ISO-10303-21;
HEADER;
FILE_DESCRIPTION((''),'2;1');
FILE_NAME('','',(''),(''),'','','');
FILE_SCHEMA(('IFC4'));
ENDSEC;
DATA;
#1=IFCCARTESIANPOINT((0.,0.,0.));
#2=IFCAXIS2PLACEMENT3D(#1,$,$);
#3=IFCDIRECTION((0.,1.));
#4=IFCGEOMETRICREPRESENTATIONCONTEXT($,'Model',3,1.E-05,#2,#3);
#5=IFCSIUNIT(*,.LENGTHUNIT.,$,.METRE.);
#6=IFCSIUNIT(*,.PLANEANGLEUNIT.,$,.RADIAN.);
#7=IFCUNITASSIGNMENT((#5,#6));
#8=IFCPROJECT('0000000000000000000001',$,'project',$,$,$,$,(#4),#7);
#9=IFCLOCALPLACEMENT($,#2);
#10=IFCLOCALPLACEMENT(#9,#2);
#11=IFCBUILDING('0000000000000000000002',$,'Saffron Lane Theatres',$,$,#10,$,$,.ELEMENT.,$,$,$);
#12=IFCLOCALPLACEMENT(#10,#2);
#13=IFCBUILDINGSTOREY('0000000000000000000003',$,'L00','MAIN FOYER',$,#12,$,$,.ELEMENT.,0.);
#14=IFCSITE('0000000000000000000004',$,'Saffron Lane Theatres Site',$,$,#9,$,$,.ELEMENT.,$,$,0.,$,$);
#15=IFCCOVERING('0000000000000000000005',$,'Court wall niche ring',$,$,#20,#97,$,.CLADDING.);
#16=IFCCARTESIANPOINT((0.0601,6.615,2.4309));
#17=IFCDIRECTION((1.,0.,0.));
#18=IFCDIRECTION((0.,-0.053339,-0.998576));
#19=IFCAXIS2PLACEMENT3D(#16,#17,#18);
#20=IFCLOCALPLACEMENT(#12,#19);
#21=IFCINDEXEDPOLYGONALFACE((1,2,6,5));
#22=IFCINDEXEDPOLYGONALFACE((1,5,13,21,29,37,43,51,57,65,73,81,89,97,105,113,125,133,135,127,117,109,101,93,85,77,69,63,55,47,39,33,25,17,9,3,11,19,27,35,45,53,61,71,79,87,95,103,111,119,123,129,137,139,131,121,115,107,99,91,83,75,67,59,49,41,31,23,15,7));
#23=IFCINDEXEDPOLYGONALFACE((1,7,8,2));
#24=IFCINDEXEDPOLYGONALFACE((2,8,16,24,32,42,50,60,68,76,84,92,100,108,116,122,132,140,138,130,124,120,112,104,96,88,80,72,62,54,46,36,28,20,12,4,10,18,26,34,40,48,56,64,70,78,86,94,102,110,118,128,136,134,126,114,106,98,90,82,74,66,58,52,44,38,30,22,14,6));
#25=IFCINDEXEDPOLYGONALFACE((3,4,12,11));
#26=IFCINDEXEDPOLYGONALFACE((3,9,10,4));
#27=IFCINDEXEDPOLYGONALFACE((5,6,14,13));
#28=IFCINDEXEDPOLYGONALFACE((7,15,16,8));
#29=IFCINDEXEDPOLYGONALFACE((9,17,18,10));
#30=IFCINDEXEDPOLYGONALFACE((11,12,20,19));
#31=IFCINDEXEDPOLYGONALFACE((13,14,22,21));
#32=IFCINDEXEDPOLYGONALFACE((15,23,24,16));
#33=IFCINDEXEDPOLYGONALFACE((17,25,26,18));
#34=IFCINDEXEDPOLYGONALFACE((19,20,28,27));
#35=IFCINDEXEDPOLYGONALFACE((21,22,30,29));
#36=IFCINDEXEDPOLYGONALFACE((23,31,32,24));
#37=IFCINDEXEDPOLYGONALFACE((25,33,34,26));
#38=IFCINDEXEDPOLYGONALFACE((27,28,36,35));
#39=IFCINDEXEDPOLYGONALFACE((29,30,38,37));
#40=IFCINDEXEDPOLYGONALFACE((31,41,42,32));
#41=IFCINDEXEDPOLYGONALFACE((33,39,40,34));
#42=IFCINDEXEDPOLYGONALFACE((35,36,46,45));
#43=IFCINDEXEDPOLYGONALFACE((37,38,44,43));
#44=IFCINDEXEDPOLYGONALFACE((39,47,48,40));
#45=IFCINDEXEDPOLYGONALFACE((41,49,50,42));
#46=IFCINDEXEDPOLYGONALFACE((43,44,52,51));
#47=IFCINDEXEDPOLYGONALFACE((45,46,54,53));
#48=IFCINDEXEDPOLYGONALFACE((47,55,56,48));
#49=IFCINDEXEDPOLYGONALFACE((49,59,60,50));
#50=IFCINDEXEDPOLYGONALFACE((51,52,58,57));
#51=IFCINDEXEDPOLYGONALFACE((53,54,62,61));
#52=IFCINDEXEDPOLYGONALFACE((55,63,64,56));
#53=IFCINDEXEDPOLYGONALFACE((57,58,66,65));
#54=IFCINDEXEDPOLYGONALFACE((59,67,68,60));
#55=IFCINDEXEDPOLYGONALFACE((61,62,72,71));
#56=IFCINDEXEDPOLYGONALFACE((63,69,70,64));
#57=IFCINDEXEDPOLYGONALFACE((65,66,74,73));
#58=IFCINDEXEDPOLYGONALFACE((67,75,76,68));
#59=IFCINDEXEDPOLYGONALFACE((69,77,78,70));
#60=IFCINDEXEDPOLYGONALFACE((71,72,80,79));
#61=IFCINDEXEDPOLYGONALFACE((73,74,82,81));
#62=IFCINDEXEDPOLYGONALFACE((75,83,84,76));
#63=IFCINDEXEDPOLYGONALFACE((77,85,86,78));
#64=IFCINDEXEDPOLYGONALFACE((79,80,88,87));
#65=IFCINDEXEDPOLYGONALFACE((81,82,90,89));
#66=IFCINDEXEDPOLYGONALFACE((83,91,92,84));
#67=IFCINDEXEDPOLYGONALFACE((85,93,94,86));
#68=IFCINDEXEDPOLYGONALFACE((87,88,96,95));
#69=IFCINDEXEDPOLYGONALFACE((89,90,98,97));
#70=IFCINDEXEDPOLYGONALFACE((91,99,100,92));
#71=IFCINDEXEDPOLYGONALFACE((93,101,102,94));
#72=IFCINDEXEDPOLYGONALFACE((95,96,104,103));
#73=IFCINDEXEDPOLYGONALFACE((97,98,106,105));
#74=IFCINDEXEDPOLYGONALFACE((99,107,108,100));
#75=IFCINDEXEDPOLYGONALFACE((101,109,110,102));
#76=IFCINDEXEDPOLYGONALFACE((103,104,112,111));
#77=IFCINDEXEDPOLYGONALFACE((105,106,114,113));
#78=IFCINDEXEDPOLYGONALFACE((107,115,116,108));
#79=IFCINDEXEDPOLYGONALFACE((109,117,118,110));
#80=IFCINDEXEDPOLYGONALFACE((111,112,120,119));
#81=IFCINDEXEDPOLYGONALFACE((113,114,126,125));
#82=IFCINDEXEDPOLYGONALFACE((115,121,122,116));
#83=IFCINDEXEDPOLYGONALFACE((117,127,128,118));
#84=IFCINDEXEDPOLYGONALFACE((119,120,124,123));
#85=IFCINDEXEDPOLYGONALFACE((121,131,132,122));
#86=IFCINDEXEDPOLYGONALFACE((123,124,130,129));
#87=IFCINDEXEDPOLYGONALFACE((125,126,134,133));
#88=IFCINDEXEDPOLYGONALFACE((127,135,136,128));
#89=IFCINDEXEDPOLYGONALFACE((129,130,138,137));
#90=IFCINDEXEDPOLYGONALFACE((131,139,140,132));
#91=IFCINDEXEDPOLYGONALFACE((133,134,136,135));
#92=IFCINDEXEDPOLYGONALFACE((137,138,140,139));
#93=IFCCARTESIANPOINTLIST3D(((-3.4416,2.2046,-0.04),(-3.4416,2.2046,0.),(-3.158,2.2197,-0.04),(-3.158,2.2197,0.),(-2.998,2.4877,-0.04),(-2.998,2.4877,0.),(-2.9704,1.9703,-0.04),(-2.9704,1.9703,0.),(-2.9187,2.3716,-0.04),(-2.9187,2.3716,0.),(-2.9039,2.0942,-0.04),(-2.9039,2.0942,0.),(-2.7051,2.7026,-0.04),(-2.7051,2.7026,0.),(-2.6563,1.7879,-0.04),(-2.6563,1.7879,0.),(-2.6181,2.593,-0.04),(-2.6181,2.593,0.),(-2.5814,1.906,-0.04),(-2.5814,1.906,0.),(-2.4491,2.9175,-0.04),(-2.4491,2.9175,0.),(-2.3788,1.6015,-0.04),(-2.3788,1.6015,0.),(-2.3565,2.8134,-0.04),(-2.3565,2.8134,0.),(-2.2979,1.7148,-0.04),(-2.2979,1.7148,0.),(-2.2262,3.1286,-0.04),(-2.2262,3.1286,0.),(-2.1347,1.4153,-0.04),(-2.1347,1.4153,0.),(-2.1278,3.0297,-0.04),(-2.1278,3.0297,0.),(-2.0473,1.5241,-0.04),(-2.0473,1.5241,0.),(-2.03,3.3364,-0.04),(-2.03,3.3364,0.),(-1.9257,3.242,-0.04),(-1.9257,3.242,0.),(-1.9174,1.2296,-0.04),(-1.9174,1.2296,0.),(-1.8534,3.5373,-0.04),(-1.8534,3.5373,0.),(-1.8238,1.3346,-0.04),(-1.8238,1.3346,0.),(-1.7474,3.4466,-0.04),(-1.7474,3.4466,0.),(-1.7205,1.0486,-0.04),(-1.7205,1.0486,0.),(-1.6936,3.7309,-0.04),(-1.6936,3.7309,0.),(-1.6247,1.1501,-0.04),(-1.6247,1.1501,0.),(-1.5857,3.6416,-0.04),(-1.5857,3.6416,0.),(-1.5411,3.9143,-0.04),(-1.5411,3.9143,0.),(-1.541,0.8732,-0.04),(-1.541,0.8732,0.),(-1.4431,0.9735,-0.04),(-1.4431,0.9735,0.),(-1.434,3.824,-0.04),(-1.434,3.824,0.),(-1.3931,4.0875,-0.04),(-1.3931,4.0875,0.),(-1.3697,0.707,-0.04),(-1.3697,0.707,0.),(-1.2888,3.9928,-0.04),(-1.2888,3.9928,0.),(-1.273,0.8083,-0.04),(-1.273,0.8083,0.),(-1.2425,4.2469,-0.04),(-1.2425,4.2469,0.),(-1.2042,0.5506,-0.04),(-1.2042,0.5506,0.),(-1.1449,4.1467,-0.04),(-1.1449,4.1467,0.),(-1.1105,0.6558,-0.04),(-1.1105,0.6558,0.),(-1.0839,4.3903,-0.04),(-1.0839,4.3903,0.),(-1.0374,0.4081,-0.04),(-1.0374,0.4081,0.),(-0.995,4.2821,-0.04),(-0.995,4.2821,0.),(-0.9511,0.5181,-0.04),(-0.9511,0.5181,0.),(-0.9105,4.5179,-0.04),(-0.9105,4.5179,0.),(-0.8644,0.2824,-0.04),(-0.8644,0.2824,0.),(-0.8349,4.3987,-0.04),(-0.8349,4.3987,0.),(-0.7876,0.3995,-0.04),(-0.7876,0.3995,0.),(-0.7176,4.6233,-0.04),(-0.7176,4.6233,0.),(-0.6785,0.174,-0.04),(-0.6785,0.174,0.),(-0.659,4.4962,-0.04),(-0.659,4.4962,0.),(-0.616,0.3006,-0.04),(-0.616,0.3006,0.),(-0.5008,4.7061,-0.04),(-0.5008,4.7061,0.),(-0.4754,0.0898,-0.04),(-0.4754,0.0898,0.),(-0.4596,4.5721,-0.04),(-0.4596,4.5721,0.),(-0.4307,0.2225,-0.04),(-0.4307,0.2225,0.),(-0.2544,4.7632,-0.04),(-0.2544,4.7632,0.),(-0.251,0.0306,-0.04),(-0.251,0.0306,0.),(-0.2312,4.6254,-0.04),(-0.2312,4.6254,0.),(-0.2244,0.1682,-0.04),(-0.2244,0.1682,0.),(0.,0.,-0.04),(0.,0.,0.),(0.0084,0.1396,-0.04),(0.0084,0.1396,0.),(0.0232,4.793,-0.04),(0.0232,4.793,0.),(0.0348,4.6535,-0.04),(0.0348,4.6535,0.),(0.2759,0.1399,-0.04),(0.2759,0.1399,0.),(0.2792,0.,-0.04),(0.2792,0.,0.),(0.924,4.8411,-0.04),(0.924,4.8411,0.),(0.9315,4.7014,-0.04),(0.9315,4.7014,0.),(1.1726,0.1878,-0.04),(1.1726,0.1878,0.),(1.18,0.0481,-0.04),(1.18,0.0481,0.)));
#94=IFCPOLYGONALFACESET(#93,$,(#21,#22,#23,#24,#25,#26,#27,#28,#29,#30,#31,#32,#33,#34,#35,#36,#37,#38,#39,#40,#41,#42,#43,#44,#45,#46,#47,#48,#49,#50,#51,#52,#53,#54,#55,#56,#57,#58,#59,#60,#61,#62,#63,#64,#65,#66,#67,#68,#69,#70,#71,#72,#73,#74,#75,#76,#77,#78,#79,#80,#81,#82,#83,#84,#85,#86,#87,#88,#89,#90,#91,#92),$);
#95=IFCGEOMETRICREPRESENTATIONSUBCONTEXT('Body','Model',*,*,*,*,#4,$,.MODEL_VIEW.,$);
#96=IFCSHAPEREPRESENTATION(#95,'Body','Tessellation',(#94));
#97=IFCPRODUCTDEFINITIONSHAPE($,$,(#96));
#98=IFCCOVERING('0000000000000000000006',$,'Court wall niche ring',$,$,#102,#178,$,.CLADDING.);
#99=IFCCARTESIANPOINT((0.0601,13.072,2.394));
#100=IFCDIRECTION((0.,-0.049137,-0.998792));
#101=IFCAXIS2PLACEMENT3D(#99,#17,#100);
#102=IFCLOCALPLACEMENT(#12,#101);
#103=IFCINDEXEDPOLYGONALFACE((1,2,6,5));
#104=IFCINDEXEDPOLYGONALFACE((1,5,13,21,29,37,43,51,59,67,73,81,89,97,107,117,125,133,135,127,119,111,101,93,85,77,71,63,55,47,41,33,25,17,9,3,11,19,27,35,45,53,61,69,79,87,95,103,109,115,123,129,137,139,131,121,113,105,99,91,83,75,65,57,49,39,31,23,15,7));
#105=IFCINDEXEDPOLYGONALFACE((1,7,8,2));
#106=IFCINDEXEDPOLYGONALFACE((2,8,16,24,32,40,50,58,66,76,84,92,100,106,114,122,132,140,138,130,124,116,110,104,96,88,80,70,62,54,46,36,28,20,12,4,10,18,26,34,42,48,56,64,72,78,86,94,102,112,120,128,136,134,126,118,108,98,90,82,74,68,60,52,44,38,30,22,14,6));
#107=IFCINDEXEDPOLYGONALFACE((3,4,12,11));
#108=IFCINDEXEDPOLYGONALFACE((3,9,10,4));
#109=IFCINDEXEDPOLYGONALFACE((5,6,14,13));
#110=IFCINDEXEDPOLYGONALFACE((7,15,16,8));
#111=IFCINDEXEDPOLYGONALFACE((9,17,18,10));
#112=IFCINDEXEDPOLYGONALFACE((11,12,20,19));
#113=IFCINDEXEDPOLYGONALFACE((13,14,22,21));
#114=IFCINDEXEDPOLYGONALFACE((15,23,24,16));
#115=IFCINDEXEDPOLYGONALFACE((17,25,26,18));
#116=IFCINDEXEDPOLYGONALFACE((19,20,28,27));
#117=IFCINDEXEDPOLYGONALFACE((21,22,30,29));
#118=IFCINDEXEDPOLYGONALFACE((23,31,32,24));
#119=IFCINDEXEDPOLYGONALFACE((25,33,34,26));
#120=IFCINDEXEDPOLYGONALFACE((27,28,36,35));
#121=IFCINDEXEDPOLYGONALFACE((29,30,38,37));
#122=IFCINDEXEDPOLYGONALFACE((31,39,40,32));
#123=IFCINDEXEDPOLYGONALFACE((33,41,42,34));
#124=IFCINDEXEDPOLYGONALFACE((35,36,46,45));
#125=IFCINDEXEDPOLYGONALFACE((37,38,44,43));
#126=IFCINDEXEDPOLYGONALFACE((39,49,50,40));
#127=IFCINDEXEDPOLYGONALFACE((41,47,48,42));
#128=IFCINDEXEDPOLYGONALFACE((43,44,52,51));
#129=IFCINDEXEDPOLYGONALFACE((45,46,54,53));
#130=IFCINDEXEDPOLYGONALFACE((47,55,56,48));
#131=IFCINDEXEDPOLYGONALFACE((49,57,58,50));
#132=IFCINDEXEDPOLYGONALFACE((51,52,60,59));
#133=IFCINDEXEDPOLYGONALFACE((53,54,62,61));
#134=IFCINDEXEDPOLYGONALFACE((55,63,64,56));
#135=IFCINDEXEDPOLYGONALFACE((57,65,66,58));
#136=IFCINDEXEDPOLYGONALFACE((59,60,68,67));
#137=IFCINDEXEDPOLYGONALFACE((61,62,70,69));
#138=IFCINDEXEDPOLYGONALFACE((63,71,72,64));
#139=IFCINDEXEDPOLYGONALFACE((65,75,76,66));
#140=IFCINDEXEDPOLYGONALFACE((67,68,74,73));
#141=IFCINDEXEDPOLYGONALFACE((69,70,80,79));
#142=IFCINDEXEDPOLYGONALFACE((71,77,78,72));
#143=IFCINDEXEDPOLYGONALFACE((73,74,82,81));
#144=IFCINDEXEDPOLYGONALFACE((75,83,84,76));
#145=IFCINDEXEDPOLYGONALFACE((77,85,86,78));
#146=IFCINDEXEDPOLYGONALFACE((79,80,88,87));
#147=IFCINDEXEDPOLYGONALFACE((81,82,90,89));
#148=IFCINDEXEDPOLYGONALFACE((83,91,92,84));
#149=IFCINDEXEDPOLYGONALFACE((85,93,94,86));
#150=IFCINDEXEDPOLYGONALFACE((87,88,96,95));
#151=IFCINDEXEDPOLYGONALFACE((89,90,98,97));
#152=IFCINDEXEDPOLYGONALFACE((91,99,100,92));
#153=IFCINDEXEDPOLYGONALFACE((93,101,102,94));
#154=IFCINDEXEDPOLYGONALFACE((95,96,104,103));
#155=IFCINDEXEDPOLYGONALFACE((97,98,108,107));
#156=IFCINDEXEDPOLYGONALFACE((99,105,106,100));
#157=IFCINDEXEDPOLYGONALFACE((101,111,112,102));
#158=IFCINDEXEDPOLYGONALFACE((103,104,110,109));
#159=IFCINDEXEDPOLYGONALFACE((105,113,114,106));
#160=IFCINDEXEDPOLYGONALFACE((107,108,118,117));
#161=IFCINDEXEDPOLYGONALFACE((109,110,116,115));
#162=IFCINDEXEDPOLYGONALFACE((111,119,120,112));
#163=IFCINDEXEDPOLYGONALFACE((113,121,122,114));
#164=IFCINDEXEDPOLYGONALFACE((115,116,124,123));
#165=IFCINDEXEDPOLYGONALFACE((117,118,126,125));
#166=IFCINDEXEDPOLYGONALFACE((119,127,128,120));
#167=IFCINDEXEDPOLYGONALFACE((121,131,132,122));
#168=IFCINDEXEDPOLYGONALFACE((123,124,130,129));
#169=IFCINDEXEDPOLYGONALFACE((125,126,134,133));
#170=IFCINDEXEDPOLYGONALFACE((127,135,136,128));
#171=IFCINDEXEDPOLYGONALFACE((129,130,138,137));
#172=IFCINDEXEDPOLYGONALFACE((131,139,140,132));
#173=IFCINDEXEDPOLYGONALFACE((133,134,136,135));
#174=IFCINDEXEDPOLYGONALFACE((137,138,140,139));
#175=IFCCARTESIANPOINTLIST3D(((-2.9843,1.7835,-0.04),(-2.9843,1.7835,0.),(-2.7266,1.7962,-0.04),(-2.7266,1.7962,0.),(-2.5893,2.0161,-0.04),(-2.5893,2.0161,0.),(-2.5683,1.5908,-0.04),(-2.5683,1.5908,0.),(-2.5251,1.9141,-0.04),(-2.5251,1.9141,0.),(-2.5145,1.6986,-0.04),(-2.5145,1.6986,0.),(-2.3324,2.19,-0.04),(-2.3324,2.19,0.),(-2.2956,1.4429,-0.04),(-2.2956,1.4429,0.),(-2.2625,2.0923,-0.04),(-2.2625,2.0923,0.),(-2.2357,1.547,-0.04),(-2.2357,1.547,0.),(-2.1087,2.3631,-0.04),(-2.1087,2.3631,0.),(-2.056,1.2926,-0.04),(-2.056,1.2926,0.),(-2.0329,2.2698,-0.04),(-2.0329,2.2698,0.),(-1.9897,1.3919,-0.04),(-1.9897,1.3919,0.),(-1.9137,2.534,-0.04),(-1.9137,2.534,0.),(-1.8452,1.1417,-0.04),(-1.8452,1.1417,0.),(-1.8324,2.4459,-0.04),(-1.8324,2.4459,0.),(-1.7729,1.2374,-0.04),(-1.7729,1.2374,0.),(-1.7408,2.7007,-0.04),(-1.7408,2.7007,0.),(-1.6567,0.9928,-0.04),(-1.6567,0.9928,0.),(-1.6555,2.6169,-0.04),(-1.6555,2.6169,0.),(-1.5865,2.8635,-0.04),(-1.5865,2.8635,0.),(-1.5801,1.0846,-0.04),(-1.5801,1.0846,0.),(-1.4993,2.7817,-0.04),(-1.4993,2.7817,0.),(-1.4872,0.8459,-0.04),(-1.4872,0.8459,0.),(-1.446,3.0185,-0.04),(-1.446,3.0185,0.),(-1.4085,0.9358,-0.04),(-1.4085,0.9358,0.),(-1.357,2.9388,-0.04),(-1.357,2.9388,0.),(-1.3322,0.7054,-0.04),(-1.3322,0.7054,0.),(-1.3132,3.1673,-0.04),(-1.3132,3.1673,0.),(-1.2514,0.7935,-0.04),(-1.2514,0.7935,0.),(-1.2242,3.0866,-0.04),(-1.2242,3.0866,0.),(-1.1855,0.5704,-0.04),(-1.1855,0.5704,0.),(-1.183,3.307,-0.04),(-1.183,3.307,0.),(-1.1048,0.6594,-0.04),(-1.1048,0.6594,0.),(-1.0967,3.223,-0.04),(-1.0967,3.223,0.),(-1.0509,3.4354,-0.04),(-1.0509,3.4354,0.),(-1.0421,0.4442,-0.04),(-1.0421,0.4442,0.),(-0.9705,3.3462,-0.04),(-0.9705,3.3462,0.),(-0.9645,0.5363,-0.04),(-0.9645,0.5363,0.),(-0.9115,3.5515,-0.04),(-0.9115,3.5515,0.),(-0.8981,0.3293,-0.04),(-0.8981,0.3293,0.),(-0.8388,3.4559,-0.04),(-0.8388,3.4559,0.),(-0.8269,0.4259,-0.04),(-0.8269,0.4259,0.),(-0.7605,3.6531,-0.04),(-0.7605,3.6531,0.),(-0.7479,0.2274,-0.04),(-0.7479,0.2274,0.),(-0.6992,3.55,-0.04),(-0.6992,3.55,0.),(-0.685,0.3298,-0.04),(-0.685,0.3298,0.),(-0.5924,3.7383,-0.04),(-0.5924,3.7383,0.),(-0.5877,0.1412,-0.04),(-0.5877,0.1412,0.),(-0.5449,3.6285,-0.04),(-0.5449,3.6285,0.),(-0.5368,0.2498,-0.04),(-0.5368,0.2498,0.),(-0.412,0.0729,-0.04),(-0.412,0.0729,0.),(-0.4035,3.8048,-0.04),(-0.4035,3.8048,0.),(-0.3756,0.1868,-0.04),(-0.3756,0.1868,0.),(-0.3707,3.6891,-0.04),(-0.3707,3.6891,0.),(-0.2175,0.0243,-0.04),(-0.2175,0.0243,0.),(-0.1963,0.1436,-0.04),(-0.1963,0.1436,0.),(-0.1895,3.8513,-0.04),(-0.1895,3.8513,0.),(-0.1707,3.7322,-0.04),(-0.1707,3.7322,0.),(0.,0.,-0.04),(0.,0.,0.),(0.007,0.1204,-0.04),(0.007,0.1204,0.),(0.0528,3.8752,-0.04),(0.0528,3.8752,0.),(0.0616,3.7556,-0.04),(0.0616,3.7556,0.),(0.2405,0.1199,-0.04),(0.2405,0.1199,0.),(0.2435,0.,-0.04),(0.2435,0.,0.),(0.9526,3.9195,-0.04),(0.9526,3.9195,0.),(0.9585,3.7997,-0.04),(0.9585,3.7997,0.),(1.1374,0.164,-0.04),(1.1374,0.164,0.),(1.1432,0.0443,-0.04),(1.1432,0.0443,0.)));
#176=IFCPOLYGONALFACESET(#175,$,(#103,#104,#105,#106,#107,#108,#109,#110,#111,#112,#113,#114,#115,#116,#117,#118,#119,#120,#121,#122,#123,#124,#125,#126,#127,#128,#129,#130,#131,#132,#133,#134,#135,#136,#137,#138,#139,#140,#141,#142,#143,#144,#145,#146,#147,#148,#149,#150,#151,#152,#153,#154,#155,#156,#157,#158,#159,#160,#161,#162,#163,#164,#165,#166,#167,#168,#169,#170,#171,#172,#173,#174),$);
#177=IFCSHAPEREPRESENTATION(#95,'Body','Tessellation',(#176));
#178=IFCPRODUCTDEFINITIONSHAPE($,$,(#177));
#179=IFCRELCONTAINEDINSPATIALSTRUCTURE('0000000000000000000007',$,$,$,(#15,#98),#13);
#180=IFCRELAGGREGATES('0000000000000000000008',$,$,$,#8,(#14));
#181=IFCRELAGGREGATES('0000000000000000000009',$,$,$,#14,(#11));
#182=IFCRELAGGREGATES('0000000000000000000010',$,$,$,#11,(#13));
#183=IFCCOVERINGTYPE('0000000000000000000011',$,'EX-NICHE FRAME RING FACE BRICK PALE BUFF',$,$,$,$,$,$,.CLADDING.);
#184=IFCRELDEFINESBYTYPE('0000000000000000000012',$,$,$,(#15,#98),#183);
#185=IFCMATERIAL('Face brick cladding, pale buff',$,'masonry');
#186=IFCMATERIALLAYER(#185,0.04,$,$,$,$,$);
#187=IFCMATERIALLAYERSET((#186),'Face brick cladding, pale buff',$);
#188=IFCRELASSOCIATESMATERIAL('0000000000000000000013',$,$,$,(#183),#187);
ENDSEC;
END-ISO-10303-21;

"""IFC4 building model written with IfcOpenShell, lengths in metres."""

from ifc_helpers import new_model, si_unit, direction, frame, origin, place, context, subcontext, project, spatial, polyline, outline, extrude, material, layer, layer_set, type_object, element, save


model = new_model("IFC4")

# Units and contexts
model_context = context("Model", 3, precision=1e-05, world=origin(), true_north=direction((0.0, 1.0)))
body_context = subcontext(model_context, "Body", "Model", "MODEL_VIEW")
ifc_project = project(units=[si_unit("LENGTHUNIT", "METRE"), si_unit("PLANEANGLEUNIT", "RADIAN")], contexts=[model_context])

# Site, building, storey
site_placement = place(None, origin())
site = spatial("IfcSite", under=ifc_project, at=site_placement, Name="Saffron Lane Theatres Site", CompositionType="ELEMENT", RefElevation=0.0)
building_placement = place(site_placement, origin())
building = spatial("IfcBuilding", under=site, at=building_placement, Name="Saffron Lane Theatres", CompositionType="ELEMENT")
storey_placement = place(building_placement, origin())
storey = spatial("IfcBuildingStorey", under=building, at=storey_placement, Name="L00", Description="MAIN FOYER", CompositionType="ELEMENT", Elevation=0.0)

# Coverings
ifc_material_1 = material(Name="Face brick cladding, pale buff", Category="masonry")
ifc_layer_1 = layer(ifc_material_1, 0.04)
ifc_layer_set_1 = layer_set([ifc_layer_1], Name="Face brick cladding, pale buff")
covering_type_1 = type_object("IfcCoveringType", Name="EX-NICHE FRAME RING FACE BRICK PALE BUFF", PredefinedType="CLADDING", material=ifc_layer_set_1)
covering_1_placement = place(storey_placement, frame((0.0601, 6.615, 2.4309), z_axis=(1.0, 0.0, 0.0), x_axis=(0.0, -0.053339, -0.998576)))
element("IfcCovering", 1, at=covering_1_placement, inside=storey, type_object=covering_type_1, Name="Court wall niche ring", PredefinedType="CLADDING", context=body_context, shape_type="SweptSolid", body=[
    extrude(outline(polyline([(0.0, 0.0), (0.2792, 0.0), (1.18, 0.0481), (1.1726, 0.1878), (0.2759, 0.1399), (0.0084, 0.1396), (-0.2244, 0.1682), (-0.4307, 0.2225), (-0.616, 0.3006), (-0.7876, 0.3995), (-0.9511, 0.5181), (-1.1105, 0.6558), (-1.273, 0.8083), (-1.4431, 0.9735), (-1.6247, 1.1501), (-1.8238, 1.3346), (-2.0473, 1.5241), (-2.2979, 1.7148), (-2.5814, 1.906), (-2.9039, 2.0942), (-3.158, 2.2197), (-2.9187, 2.3716), (-2.6181, 2.593), (-2.3565, 2.8134), (-2.1278, 3.0297), (-1.9257, 3.242), (-1.7474, 3.4466), (-1.5857, 3.6416), (-1.434, 3.824), (-1.2888, 3.9928), (-1.1449, 4.1467), (-0.995, 4.2821), (-0.8349, 4.3987), (-0.659, 4.4962), (-0.4596, 4.5721), (-0.2312, 4.6254), (0.0348, 4.6535), (0.9315, 4.7014), (0.924, 4.8411), (0.0232, 4.793), (-0.2544, 4.7632), (-0.5008, 4.7061), (-0.7176, 4.6233), (-0.9105, 4.5179), (-1.0839, 4.3903), (-1.2425, 4.2469), (-1.3931, 4.0875), (-1.5411, 3.9143), (-1.6936, 3.7309), (-1.8534, 3.5373), (-2.03, 3.3364), (-2.2262, 3.1286), (-2.4491, 2.9175), (-2.7051, 2.7026), (-2.998, 2.4877), (-3.4416, 2.2046), (-2.9704, 1.9703), (-2.6563, 1.7879), (-2.3788, 1.6015), (-2.1347, 1.4153), (-1.9174, 1.2296), (-1.7205, 1.0486), (-1.541, 0.8732), (-1.3697, 0.707), (-1.2042, 0.5506), (-1.0374, 0.4081), (-0.8644, 0.2824), (-0.6785, 0.174), (-0.4754, 0.0898), (-0.251, 0.0306), (0.0, 0.0)])), origin(), (0.0, 0.0, -1.0), 0.04),
])
covering_2_placement = place(storey_placement, frame((0.0601, 13.072, 2.394), z_axis=(1.0, 0.0, 0.0), x_axis=(0.0, -0.049137, -0.998792)))
element("IfcCovering", 2, at=covering_2_placement, inside=storey, type_object=covering_type_1, Name="Court wall niche ring", PredefinedType="CLADDING", context=body_context, shape_type="SweptSolid", body=[
    extrude(outline(polyline([(0.0, 0.0), (0.2435, 0.0), (1.1432, 0.0443), (1.1374, 0.164), (0.2405, 0.1199), (0.007, 0.1204), (-0.1963, 0.1436), (-0.3756, 0.1868), (-0.5368, 0.2498), (-0.685, 0.3298), (-0.8269, 0.4259), (-0.9645, 0.5363), (-1.1048, 0.6594), (-1.2514, 0.7935), (-1.4085, 0.9358), (-1.5801, 1.0846), (-1.7729, 1.2374), (-1.9897, 1.3919), (-2.2357, 1.547), (-2.5145, 1.6986), (-2.7266, 1.7962), (-2.5251, 1.9141), (-2.2625, 2.0923), (-2.0329, 2.2698), (-1.8324, 2.4459), (-1.6555, 2.6169), (-1.4993, 2.7817), (-1.357, 2.9388), (-1.2242, 3.0866), (-1.0967, 3.223), (-0.9705, 3.3462), (-0.8388, 3.4559), (-0.6992, 3.55), (-0.5449, 3.6285), (-0.3707, 3.6891), (-0.1707, 3.7322), (0.0616, 3.7556), (0.9585, 3.7997), (0.9526, 3.9195), (0.0528, 3.8752), (-0.1895, 3.8513), (-0.4035, 3.8048), (-0.5924, 3.7383), (-0.7605, 3.6531), (-0.9115, 3.5515), (-1.0509, 3.4354), (-1.183, 3.307), (-1.3132, 3.1673), (-1.446, 3.0185), (-1.5865, 2.8635), (-1.7408, 2.7007), (-1.9137, 2.534), (-2.1087, 2.3631), (-2.3324, 2.19), (-2.5893, 2.0161), (-2.9843, 1.7835), (-2.5683, 1.5908), (-2.2956, 1.4429), (-2.056, 1.2926), (-1.8452, 1.1417), (-1.6567, 0.9928), (-1.4872, 0.8459), (-1.3322, 0.7054), (-1.1855, 0.5704), (-1.0421, 0.4442), (-0.8981, 0.3293), (-0.7479, 0.2274), (-0.5877, 0.1412), (-0.412, 0.0729), (-0.2175, 0.0243), (0.0, 0.0)])), origin(), (0.0, 0.0, -1.0), 0.04),
])

save(model, "model.ifc")
